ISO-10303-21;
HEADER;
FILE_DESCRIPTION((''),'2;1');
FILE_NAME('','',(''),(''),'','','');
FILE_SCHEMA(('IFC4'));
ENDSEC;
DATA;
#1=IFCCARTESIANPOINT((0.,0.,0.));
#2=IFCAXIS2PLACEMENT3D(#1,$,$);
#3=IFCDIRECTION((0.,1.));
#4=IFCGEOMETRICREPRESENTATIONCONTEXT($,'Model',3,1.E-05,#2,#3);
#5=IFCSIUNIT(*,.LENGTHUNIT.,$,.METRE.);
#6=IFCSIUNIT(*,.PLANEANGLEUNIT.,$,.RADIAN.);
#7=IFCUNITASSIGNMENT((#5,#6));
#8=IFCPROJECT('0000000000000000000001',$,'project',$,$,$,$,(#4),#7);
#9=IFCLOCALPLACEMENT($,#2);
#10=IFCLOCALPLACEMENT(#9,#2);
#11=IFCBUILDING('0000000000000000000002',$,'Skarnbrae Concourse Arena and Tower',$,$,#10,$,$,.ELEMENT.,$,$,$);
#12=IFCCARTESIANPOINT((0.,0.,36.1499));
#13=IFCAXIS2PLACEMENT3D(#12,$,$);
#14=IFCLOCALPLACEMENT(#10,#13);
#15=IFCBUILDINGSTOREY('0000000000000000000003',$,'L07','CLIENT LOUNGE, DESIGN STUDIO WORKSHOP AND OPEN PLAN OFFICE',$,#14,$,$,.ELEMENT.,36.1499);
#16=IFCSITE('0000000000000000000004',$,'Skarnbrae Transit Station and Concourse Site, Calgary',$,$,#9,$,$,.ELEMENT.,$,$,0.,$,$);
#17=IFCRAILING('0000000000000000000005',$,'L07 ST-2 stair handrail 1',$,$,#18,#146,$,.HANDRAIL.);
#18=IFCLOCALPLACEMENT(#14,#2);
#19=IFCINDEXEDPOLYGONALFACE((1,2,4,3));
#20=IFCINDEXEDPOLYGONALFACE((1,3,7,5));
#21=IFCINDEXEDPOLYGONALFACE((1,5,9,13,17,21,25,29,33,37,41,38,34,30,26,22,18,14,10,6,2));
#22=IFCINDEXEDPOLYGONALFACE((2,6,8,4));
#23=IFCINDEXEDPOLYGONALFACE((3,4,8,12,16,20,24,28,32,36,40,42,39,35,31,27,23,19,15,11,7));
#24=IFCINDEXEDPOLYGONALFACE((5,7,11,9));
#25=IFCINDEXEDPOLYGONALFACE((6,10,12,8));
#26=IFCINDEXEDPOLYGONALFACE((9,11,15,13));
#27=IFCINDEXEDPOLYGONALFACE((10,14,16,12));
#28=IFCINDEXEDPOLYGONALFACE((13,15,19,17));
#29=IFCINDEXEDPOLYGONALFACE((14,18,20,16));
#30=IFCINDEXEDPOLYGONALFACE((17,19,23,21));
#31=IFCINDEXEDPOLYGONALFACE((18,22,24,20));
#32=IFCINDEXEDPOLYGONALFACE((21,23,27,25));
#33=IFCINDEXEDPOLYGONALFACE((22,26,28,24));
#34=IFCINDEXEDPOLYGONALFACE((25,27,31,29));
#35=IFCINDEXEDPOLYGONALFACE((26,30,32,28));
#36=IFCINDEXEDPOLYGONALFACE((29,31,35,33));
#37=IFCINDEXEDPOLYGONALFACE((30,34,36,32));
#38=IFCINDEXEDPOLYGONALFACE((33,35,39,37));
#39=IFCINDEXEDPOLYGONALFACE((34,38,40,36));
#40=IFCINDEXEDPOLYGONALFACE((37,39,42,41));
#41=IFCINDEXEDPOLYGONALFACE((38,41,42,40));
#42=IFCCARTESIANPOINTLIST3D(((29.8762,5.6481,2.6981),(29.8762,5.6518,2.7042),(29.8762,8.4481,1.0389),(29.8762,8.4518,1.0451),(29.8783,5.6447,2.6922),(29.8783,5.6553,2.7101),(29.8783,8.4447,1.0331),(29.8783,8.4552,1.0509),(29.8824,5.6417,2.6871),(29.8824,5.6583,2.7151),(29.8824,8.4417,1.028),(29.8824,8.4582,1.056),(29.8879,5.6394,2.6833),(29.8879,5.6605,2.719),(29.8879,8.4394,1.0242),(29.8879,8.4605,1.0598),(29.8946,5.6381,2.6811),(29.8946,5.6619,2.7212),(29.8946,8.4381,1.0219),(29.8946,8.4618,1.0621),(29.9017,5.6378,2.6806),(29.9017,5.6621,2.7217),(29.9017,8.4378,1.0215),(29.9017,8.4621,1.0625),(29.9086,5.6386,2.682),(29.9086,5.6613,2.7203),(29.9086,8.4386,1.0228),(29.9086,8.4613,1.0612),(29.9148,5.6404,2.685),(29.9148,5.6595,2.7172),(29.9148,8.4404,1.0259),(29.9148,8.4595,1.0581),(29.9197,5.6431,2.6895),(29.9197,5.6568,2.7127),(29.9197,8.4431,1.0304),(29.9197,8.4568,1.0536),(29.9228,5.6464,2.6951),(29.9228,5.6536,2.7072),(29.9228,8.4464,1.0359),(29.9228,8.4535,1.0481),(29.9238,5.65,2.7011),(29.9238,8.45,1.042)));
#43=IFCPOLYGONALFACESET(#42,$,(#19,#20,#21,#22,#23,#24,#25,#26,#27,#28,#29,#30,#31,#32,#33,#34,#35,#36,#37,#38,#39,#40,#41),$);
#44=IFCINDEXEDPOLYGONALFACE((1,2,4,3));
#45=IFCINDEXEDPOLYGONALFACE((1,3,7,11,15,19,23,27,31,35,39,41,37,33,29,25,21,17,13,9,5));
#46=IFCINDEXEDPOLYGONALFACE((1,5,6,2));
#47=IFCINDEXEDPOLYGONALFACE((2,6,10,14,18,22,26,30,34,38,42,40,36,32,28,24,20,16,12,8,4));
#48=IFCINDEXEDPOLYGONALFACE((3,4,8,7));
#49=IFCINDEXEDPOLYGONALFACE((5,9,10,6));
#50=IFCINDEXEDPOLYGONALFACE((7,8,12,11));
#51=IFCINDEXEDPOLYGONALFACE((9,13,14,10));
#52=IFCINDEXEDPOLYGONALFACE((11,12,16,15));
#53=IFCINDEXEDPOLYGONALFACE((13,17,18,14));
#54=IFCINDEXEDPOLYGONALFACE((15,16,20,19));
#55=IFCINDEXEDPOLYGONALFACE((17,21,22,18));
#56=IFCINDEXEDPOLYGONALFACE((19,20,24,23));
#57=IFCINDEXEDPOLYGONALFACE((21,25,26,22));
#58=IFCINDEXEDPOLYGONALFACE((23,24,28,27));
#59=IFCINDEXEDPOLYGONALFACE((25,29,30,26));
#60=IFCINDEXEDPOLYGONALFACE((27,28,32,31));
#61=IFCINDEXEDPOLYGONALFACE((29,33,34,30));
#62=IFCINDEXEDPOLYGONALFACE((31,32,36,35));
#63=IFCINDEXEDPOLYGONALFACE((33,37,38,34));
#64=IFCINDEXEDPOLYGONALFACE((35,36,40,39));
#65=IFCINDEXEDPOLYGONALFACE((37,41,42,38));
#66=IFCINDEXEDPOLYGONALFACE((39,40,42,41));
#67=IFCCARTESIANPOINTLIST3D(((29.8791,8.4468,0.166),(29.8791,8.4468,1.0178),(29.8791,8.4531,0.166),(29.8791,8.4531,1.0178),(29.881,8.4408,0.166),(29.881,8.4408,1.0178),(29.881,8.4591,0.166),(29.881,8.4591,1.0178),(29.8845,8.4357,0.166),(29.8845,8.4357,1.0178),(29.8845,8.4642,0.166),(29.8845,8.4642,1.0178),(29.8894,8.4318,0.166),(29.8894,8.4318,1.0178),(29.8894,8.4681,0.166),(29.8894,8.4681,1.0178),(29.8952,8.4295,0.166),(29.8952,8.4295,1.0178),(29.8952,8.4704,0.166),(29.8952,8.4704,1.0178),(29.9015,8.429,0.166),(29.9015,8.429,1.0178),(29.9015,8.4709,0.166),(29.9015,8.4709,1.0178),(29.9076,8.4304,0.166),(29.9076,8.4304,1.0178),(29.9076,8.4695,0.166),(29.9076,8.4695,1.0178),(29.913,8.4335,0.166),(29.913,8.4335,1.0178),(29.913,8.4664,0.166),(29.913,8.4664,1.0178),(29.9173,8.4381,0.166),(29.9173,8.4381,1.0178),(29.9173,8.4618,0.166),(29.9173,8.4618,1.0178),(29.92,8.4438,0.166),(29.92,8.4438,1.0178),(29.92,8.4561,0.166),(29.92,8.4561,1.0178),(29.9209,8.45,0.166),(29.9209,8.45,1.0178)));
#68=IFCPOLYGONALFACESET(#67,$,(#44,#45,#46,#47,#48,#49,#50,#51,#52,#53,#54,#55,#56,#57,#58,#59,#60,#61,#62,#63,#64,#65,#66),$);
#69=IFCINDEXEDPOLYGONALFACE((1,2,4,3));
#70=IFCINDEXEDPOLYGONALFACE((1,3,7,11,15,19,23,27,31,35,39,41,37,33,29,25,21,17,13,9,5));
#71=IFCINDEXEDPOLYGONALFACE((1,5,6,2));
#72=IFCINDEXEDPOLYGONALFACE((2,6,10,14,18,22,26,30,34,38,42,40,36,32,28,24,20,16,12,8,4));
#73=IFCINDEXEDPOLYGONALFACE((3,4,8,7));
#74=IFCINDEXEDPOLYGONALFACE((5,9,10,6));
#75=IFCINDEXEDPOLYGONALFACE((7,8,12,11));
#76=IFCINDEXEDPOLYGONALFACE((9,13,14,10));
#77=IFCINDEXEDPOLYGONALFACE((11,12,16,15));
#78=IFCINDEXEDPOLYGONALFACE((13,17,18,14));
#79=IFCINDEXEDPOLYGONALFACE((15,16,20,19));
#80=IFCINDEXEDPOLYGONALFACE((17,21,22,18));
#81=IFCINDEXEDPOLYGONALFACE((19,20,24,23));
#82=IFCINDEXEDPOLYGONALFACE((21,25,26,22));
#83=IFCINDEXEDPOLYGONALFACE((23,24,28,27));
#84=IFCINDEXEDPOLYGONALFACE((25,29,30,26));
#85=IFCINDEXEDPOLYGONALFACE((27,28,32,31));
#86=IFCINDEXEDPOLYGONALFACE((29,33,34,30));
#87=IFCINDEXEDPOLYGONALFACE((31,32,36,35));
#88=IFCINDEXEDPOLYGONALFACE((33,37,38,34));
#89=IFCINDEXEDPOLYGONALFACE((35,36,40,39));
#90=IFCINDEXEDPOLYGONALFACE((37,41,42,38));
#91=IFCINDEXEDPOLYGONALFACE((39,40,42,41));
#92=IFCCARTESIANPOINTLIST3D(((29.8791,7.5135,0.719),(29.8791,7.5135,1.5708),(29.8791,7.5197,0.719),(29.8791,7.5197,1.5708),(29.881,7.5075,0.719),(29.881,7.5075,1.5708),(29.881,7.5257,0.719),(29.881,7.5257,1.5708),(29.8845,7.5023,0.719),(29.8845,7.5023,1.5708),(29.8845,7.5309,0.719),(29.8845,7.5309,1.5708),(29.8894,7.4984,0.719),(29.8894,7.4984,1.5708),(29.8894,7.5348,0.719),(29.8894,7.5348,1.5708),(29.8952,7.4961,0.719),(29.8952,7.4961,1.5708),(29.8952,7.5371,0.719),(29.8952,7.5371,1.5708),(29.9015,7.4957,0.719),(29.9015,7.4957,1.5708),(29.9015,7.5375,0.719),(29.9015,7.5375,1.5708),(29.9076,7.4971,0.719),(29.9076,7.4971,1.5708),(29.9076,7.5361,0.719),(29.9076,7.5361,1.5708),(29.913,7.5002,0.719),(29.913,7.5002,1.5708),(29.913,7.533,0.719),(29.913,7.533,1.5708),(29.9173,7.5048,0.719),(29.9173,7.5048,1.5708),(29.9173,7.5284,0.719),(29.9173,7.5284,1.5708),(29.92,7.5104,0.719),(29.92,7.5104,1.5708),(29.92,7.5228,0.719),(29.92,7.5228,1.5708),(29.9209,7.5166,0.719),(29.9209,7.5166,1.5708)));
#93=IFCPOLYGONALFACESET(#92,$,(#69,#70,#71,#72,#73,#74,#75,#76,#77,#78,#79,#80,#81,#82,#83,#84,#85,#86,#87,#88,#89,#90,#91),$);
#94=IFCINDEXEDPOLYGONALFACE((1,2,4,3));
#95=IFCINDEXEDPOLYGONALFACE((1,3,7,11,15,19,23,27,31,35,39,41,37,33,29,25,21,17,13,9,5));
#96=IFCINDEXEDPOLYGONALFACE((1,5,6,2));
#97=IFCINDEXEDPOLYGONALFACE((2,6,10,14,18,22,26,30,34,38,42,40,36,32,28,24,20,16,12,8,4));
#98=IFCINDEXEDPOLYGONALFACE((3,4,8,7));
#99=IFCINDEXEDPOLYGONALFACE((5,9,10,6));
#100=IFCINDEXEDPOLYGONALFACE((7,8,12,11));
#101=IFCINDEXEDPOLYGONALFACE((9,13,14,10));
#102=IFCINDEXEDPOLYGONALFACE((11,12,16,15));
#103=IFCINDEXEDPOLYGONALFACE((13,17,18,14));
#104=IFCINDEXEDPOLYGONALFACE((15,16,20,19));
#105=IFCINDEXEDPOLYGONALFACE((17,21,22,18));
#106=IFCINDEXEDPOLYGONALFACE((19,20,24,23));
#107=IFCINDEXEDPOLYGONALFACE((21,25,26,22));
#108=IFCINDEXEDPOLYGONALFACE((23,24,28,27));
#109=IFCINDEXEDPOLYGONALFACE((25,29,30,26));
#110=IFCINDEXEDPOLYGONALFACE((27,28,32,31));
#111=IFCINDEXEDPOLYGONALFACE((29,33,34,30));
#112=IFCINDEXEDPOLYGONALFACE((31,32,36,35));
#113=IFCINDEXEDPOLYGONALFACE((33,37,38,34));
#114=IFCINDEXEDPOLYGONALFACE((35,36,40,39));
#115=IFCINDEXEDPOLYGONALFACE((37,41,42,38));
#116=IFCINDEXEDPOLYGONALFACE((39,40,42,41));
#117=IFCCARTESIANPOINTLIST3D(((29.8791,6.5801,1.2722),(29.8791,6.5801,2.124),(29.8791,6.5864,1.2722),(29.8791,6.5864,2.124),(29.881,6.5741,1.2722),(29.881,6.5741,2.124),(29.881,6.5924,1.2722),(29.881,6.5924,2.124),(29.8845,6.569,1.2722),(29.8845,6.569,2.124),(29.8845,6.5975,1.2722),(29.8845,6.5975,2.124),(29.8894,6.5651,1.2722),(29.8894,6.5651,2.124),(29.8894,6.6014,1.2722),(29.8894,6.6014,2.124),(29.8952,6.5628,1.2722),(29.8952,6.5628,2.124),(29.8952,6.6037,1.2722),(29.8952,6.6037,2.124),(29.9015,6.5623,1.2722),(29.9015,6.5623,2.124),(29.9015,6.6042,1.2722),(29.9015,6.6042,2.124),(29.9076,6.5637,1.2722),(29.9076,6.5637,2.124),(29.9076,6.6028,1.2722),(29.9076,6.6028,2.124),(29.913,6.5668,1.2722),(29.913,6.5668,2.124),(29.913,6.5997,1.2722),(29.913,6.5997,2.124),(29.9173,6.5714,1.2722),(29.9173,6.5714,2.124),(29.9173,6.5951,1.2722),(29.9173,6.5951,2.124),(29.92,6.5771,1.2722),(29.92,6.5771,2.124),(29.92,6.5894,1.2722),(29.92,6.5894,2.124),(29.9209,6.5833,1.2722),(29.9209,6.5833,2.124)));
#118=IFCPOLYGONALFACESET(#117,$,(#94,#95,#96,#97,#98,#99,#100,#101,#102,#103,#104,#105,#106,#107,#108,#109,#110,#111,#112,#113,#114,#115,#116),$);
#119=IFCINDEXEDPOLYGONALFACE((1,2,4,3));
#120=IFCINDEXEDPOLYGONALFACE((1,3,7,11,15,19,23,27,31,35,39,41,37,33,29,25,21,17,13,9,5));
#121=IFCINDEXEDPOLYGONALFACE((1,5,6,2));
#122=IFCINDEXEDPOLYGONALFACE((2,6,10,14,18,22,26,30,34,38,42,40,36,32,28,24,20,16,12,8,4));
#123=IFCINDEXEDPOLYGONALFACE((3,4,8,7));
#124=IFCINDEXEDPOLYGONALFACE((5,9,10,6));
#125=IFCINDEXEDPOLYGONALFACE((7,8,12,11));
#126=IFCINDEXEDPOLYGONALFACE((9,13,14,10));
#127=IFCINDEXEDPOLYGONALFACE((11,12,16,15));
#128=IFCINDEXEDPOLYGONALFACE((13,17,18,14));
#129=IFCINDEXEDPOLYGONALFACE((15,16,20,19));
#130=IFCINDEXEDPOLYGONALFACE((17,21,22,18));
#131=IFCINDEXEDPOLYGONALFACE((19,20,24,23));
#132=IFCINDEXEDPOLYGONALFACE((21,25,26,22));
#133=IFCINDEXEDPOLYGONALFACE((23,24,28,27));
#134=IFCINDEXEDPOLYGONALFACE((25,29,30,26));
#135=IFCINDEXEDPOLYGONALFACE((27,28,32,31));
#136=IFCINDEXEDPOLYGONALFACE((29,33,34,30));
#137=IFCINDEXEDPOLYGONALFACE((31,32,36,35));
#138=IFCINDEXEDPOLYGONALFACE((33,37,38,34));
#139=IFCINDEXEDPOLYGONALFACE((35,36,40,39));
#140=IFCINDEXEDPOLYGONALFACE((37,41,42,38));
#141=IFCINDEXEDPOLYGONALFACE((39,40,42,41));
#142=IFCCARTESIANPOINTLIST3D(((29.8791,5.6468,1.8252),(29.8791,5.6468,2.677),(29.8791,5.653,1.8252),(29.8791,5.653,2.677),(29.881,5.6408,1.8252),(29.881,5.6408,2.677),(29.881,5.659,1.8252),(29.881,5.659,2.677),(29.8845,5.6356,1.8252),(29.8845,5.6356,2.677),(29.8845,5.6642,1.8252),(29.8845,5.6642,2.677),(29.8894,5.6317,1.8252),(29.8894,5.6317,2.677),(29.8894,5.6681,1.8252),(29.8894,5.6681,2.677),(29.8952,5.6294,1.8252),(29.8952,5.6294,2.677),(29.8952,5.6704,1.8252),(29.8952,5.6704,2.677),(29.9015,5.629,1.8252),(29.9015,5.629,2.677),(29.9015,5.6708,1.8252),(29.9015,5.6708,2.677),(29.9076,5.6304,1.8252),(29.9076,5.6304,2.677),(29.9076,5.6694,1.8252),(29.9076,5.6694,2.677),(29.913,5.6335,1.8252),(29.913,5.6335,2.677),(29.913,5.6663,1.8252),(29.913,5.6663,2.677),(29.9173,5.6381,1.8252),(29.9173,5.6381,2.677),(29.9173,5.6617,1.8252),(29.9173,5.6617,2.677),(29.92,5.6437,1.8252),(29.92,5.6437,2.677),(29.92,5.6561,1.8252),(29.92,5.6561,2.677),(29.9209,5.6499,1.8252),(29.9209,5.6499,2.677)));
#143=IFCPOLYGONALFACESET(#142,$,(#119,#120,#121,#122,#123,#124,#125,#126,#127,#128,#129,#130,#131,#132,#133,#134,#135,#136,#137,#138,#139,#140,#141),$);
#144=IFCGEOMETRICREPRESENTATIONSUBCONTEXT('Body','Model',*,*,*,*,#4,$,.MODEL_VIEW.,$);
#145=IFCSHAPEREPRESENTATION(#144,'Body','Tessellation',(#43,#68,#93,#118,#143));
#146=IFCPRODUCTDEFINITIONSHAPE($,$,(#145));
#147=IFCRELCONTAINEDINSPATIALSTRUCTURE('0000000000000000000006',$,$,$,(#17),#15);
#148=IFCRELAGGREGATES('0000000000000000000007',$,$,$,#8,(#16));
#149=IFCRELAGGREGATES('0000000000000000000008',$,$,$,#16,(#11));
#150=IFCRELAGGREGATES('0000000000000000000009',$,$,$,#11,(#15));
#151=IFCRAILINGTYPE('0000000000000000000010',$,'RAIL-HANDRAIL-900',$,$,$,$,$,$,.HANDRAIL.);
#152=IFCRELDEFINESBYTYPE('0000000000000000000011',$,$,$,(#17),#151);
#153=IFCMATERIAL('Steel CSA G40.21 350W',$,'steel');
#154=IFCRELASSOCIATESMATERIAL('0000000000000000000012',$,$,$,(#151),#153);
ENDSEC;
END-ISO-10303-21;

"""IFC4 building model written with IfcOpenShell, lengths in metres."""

from ifc_helpers import new_model, si_unit, direction, frame, origin, origin_2d, place, context, subcontext, project, spatial, circle, extrude, material, type_object, element, save


model = new_model("IFC4")

# Units and contexts
model_context = context("Model", 3, precision=1e-05, world=origin(), true_north=direction((0.0, 1.0)))
body_context = subcontext(model_context, "Body", "Model", "MODEL_VIEW")
ifc_project = project(units=[si_unit("LENGTHUNIT", "METRE"), si_unit("PLANEANGLEUNIT", "RADIAN")], contexts=[model_context])

# Site, building, storey
site_placement = place(None, origin())
site = spatial("IfcSite", under=ifc_project, at=site_placement, Name="Skarnbrae Transit Station and Concourse Site, Calgary", CompositionType="ELEMENT", RefElevation=0.0)
building_placement = place(site_placement, origin())
building = spatial("IfcBuilding", under=site, at=building_placement, Name="Skarnbrae Concourse Arena and Tower", CompositionType="ELEMENT")
storey_placement = place(building_placement, frame((0.0, 0.0, 36.1499)))
storey = spatial("IfcBuildingStorey", under=building, at=storey_placement, Name="L07", Description="CLIENT LOUNGE, DESIGN STUDIO WORKSHOP AND OPEN PLAN OFFICE", CompositionType="ELEMENT", Elevation=36.1499)

# Shared definitions
ifc_material_1 = material(Name="Steel CSA G40.21 350W", Category="steel")

# Railing
railing_type_1 = type_object("IfcRailingType", Name="RAIL-HANDRAIL-900", PredefinedType="HANDRAIL", material=ifc_material_1)
railing_1_placement = place(storey_placement, frame((29.8999, 8.45, 0.166)))
element("IfcRailing", 1, at=railing_1_placement, inside=storey, type_object=railing_type_1, Name="L07 ST-2 stair handrail 1", PredefinedType="HANDRAIL", context=body_context, shape_type="SweptSolid", body=[
    extrude(circle(Radius=0.0239, at=origin_2d()), frame((0.0, 0.0, 0.876), z_axis=(0.0, -0.860306, 0.509778), x_axis=(1.0, 0.0, 0.0)), (0.0, 0.0, 1.0), 3.2546),
    extrude(circle(Radius=0.021, at=origin_2d()), origin(), (0.0, 0.0, 1.0), 0.8518),
    extrude(circle(Radius=0.021, at=origin_2d()), frame((0.0, -0.9333, 0.553)), (0.0, 0.0, 1.0), 0.8518),
    extrude(circle(Radius=0.021, at=origin_2d()), frame((0.0, -1.8667, 1.1062)), (0.0, 0.0, 1.0), 0.8518),
    extrude(circle(Radius=0.021, at=origin_2d()), frame((0.0, -2.8, 1.6592)), (0.0, 0.0, 1.0), 0.8518),
])

save(model, "model.ifc")
